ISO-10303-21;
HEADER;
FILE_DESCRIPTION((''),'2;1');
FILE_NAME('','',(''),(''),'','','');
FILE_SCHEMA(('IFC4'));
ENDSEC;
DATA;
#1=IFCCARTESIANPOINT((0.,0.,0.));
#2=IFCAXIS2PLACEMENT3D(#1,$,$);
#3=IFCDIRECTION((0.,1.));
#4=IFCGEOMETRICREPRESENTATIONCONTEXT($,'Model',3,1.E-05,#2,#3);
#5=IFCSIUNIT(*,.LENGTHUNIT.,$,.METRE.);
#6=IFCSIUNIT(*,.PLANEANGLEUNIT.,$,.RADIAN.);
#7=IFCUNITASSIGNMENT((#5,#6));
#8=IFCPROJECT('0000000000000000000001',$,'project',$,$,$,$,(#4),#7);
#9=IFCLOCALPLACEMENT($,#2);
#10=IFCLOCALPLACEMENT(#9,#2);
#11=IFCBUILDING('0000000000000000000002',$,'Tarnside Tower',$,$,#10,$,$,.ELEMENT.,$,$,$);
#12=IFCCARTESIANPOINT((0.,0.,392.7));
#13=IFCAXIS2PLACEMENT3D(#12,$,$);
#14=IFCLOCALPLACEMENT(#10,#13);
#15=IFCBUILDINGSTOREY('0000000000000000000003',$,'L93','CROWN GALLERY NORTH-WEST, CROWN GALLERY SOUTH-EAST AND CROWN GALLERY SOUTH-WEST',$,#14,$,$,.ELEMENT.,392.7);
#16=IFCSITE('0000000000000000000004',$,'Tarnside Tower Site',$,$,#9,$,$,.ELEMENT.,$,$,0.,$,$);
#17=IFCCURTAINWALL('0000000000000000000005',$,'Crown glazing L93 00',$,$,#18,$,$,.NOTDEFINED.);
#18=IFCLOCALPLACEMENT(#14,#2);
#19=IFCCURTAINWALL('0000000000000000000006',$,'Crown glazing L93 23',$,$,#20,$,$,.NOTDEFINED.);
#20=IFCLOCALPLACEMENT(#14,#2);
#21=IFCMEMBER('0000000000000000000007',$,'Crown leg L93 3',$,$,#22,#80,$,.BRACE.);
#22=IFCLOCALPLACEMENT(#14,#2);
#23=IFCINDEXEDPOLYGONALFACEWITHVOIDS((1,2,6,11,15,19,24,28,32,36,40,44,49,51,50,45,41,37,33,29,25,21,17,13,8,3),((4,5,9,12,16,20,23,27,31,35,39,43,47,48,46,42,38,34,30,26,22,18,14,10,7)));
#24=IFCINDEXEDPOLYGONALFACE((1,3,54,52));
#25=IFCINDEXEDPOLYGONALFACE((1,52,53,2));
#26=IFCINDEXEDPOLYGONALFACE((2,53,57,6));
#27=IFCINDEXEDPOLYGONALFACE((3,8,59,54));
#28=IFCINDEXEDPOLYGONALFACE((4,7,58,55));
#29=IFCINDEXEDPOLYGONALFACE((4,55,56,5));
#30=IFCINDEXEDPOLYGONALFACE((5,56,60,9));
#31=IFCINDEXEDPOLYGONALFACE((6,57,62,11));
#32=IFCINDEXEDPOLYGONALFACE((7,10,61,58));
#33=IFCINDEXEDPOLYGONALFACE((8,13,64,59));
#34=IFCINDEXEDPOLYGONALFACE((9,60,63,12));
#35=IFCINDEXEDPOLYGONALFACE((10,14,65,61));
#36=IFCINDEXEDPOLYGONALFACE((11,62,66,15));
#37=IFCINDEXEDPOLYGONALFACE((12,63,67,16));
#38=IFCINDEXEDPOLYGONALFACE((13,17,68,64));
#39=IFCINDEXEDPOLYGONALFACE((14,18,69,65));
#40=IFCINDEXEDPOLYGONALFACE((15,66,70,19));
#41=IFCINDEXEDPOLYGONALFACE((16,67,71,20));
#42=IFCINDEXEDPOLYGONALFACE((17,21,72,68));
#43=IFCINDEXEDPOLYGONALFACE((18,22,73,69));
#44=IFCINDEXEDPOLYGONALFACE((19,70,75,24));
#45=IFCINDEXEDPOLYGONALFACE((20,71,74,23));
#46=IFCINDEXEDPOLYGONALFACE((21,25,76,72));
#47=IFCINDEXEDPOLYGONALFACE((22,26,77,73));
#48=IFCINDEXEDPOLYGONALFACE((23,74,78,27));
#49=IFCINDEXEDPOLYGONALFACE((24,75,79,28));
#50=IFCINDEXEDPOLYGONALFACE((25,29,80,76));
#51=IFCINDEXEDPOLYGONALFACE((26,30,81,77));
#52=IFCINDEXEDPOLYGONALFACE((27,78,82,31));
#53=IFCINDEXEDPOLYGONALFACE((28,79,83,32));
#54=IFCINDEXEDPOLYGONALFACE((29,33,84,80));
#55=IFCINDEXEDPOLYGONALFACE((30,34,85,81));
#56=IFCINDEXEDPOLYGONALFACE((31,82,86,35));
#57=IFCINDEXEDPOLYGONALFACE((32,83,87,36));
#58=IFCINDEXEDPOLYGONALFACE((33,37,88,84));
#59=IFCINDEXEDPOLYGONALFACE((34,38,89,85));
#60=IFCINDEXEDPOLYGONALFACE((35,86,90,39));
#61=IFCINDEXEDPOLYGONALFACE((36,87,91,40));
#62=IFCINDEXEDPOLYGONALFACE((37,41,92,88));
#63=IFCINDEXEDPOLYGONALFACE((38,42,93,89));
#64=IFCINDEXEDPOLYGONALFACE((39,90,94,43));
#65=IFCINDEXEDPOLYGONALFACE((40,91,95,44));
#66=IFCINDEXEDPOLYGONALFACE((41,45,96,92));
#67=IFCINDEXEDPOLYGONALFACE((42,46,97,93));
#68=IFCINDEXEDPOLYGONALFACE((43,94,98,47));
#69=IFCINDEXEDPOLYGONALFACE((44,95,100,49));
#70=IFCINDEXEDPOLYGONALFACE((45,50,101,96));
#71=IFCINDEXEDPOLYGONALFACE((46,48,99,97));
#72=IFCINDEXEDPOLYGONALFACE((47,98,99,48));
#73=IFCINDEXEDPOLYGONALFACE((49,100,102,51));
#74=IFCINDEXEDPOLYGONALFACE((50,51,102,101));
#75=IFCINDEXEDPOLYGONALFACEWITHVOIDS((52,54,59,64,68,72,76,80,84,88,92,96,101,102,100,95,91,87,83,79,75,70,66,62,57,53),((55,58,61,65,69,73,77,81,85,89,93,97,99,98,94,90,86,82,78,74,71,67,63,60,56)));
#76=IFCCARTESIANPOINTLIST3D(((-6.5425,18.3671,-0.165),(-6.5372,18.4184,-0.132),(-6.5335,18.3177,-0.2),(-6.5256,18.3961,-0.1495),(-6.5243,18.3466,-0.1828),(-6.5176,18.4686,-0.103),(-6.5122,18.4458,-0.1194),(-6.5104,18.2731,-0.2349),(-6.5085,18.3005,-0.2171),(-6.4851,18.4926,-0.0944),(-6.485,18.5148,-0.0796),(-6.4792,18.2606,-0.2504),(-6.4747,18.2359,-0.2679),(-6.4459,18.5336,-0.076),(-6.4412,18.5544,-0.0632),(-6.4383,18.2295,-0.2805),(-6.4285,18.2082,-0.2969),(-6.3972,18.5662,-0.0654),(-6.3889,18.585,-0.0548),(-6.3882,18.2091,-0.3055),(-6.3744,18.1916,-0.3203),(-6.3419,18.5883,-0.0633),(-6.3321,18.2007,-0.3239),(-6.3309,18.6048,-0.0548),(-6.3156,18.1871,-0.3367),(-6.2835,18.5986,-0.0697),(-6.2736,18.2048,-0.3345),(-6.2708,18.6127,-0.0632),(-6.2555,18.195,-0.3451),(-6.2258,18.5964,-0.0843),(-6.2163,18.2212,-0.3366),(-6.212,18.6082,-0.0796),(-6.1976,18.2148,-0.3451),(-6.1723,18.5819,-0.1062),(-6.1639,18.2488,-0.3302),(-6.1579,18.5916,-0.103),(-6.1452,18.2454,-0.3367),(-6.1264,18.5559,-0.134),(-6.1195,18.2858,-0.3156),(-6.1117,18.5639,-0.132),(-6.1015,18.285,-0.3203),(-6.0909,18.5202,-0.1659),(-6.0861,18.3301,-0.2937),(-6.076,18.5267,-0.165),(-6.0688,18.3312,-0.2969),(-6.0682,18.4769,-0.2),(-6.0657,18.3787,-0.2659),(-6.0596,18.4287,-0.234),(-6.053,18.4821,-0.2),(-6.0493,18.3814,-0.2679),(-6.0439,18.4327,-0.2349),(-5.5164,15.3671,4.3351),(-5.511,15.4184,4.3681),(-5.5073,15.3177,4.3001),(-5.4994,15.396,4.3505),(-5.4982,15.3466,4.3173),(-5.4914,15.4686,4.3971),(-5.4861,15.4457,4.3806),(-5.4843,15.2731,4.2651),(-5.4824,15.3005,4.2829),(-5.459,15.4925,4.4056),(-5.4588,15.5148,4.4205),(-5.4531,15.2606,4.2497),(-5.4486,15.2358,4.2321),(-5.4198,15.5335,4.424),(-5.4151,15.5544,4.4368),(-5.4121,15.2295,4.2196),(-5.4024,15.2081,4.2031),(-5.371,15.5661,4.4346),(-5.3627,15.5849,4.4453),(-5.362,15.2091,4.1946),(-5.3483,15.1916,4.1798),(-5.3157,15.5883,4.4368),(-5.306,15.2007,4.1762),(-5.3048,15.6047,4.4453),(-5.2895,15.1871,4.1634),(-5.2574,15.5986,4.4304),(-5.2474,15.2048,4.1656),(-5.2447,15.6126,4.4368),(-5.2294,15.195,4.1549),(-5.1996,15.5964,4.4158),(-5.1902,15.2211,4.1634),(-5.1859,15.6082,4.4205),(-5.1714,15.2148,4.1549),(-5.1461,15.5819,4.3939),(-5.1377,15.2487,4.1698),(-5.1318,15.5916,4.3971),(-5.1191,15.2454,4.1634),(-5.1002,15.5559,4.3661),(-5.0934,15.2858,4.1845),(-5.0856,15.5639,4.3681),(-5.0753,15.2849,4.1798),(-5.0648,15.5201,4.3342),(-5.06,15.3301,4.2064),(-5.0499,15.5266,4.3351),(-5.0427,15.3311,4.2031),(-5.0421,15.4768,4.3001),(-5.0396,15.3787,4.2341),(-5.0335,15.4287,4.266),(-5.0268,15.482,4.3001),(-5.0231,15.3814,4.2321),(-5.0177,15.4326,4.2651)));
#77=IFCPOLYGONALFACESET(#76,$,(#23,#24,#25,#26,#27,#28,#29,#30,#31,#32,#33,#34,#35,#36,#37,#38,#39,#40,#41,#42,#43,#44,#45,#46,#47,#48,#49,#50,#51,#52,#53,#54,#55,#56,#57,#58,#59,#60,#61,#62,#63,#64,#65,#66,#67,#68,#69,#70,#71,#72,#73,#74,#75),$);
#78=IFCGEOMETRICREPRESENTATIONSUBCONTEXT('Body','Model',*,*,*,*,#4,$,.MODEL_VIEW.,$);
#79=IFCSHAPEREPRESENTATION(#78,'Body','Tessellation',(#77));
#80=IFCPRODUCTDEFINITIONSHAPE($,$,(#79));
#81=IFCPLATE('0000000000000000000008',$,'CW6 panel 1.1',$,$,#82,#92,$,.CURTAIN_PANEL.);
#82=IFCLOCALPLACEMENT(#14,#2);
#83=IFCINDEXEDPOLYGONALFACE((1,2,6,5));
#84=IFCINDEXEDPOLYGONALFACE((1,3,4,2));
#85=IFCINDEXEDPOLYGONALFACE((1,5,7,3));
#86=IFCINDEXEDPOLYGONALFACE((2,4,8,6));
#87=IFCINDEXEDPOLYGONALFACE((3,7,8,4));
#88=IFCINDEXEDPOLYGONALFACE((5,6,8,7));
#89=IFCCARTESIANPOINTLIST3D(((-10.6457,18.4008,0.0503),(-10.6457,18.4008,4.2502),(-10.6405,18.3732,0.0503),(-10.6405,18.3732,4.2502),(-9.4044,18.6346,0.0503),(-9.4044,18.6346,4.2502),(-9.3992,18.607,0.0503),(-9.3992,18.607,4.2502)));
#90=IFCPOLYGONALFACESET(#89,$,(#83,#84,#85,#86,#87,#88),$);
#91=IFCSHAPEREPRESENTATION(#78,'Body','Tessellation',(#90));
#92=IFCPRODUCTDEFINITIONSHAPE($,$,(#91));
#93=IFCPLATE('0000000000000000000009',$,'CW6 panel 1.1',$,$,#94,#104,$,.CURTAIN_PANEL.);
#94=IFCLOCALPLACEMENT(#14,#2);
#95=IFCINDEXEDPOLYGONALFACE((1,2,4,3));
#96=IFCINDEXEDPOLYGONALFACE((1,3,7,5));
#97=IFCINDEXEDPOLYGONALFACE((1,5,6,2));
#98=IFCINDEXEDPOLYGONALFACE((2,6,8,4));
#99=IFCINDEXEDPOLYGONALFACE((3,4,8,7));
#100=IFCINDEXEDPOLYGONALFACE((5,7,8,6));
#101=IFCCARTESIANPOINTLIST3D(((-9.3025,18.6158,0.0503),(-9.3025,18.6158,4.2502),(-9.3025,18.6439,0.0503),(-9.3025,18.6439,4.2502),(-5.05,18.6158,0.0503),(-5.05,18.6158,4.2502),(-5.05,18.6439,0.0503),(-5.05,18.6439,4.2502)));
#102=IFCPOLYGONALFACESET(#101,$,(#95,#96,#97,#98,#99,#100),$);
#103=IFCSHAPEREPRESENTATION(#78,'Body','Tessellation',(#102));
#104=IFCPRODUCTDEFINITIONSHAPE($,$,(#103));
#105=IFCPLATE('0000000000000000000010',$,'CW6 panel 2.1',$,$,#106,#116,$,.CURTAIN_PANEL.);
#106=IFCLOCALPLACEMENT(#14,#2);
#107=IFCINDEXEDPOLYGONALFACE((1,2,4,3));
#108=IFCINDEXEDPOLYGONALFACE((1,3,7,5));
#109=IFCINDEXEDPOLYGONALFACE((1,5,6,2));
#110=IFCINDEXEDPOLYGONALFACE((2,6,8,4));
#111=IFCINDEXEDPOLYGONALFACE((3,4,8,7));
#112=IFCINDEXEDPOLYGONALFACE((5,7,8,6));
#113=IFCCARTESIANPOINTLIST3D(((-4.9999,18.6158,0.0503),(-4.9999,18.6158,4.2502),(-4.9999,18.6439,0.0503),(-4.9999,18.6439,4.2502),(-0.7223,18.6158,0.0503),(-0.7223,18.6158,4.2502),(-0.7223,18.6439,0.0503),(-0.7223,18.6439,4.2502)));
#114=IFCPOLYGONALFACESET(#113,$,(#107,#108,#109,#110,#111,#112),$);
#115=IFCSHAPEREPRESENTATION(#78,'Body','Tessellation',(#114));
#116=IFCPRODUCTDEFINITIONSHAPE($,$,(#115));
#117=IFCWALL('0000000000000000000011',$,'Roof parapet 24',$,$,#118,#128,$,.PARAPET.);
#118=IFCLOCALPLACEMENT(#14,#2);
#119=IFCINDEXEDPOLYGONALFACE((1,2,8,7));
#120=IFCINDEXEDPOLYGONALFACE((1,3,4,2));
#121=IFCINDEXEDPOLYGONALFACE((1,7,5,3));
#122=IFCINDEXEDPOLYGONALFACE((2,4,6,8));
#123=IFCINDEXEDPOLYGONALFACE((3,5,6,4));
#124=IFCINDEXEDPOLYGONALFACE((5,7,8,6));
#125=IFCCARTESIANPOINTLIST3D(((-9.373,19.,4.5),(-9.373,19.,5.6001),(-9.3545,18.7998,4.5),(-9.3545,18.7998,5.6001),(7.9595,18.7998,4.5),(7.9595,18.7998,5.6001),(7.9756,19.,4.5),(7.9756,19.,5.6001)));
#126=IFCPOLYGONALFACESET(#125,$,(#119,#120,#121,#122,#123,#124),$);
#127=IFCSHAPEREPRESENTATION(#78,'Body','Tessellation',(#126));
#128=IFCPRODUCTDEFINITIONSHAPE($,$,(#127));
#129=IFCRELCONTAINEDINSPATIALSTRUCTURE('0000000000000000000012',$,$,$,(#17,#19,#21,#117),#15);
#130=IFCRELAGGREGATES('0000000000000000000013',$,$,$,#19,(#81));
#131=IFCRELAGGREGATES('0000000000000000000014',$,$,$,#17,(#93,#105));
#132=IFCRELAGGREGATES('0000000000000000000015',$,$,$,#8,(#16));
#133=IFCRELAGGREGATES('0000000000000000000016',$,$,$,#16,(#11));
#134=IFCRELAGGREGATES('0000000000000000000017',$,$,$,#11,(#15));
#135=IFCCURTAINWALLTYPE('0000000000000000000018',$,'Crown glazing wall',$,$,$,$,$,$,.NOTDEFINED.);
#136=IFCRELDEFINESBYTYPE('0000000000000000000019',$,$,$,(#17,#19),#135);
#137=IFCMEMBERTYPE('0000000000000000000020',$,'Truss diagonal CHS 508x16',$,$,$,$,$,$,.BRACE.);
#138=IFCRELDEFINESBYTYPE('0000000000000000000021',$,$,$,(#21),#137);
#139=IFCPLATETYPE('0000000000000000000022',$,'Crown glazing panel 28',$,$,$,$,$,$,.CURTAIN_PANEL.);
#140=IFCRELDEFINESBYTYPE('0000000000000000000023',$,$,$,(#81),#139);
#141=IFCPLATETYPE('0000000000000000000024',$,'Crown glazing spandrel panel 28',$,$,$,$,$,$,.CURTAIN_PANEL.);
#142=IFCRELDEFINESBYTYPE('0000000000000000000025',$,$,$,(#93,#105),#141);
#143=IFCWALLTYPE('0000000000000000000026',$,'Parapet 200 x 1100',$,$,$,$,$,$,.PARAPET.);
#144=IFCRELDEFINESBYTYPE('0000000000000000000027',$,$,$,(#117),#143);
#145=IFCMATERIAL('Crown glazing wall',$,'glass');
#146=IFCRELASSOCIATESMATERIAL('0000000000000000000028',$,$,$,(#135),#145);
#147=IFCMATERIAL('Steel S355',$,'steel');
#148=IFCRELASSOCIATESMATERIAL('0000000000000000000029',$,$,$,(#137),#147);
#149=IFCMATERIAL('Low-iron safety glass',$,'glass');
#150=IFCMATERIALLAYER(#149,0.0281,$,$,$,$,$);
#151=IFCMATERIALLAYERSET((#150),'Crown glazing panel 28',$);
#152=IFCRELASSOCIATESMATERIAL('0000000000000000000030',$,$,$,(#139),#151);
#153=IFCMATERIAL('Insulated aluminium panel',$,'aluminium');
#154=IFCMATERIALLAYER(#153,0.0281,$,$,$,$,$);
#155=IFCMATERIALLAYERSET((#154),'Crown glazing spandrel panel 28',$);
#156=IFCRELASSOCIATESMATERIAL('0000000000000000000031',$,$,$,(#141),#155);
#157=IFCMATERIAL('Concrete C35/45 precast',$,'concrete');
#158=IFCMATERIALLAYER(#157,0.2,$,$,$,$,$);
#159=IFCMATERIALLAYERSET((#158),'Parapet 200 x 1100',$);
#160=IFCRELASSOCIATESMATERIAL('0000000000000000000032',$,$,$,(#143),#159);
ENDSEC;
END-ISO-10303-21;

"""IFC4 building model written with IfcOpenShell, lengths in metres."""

from ifc_helpers import new_model, si_unit, direction, frame, origin, origin_2d, place, context, subcontext, project, spatial, polyline, rectangle, hollow_circle, outline, extrude, material, layer, layer_set, material_profile, profile_set, type_object, element, aggregate, save


model = new_model("IFC4")

# Units and contexts
model_context = context("Model", 3, precision=1e-05, world=origin(), true_north=direction((0.0, 1.0)))
body_context = subcontext(model_context, "Body", "Model", "MODEL_VIEW")
ifc_project = project(units=[si_unit("LENGTHUNIT", "METRE"), si_unit("PLANEANGLEUNIT", "RADIAN")], contexts=[model_context])

# Site, building, storey
site_placement = place(None, origin())
site = spatial("IfcSite", under=ifc_project, at=site_placement, Name="Tarnside Tower Site", CompositionType="ELEMENT", RefElevation=0.0)
building_placement = place(site_placement, origin())
building = spatial("IfcBuilding", under=site, at=building_placement, Name="Tarnside Tower", CompositionType="ELEMENT")
storey_placement = place(building_placement, frame((0.0, 0.0, 392.7)))
storey = spatial("IfcBuildingStorey", under=building, at=storey_placement, Name="L93", Description="CROWN GALLERY NORTH-WEST, CROWN GALLERY SOUTH-EAST AND CROWN GALLERY SOUTH-WEST", CompositionType="ELEMENT", Elevation=392.7)

# Curtain wall
ifc_material_1 = material(Name="Crown glazing wall", Category="glass")
curtain_wall_type = type_object("IfcCurtainWallType", Name="Crown glazing wall", PredefinedType="NOTDEFINED", material=ifc_material_1)
curtain_wall_1_placement = place(storey_placement, origin())
curtain_wall_1 = element("IfcCurtainWall", 1, at=curtain_wall_1_placement, inside=storey, type_object=curtain_wall_type, Name="Crown glazing L93 00", PredefinedType="NOTDEFINED")

# Curtain wall
curtain_wall_2_placement = place(storey_placement, origin())
curtain_wall_2 = element("IfcCurtainWall", 2, at=curtain_wall_2_placement, inside=storey, type_object=curtain_wall_type, Name="Crown glazing L93 23", PredefinedType="NOTDEFINED")

# Shared definitions
ifc_material_2 = material(Name="Steel S355", Category="steel")

# Member
ifc_material_profile_1 = material_profile(ifc_material_2, hollow_circle(Radius=0.2539, WallThickness=0.0161, at=origin_2d()), Name="CHS 508x16")
ifc_profile_set_1 = profile_set([ifc_material_profile_1], Name="Steel S355")
member_type_1 = type_object("IfcMemberType", Name="Truss diagonal CHS 508x16", PredefinedType="BRACE", material=ifc_profile_set_1)
member_1_placement = place(storey_placement, frame((-6.2932, 18.3999, -0.2), z_axis=(0.186405, -0.544978, 0.817467), x_axis=(0.946183, 0.323633, 0.0)))
element("IfcMember", 3, at=member_1_placement, inside=storey, type_object=member_type_1, Name="Crown leg L93 3", PredefinedType="BRACE", context=body_context, shape_type="SweptSolid", body=[
    extrude(hollow_circle(Radius=0.2539, WallThickness=0.0161, at=origin_2d()), origin(), (0.0, 0.0, 1.0), 5.5049),
])

# Plates
ifc_material_3 = material(Name="Low-iron safety glass", Category="glass")
ifc_layer_1 = layer(ifc_material_3, 0.0281)
ifc_layer_set_1 = layer_set([ifc_layer_1], Name="Crown glazing panel 28")
plate_type_1 = type_object("IfcPlateType", Name="Crown glazing panel 28", PredefinedType="CURTAIN_PANEL", material=ifc_layer_set_1)
plate_1_placement = place(storey_placement, frame((-10.0225, 18.5039, 0.0503), z_axis=(0.0, 0.0, 1.0), x_axis=(0.982721, 0.185095, 0.0)))
plate_1 = element("IfcPlate", 4, at=plate_1_placement, type_object=plate_type_1, Name="CW6 panel 1.1", PredefinedType="CURTAIN_PANEL", context=body_context, shape_type="SweptSolid", body=[
    extrude(rectangle(XDim=1.2632, YDim=0.0281, at=origin_2d()), origin(), (0.0, 0.0, 1.0), 4.2),
])
aggregate(curtain_wall_2, [plate_1])
ifc_material_4 = material(Name="Insulated aluminium panel", Category="aluminium")
ifc_layer_2 = layer(ifc_material_4, 0.0281)
ifc_layer_set_2 = layer_set([ifc_layer_2], Name="Crown glazing spandrel panel 28")
plate_type_2 = type_object("IfcPlateType", Name="Crown glazing spandrel panel 28", PredefinedType="CURTAIN_PANEL", material=ifc_layer_set_2)
plate_2_placement = place(storey_placement, frame((-7.1763, 18.6299, 0.0503), z_axis=(0.0, 0.0, 1.0), x_axis=(1.0, 0.0, 0.0)))
plate_2 = element("IfcPlate", 5, at=plate_2_placement, type_object=plate_type_2, Name="CW6 panel 1.1", PredefinedType="CURTAIN_PANEL", context=body_context, shape_type="SweptSolid", body=[
    extrude(rectangle(XDim=4.2524, YDim=0.0281, at=origin_2d()), origin(), (0.0, 0.0, 1.0), 4.2),
])
plate_3_placement = place(storey_placement, frame((-2.8611, 18.6299, 0.0503), z_axis=(0.0, 0.0, 1.0), x_axis=(1.0, 0.0, 0.0)))
plate_3 = element("IfcPlate", 6, at=plate_3_placement, type_object=plate_type_2, Name="CW6 panel 2.1", PredefinedType="CURTAIN_PANEL", context=body_context, shape_type="SweptSolid", body=[
    extrude(rectangle(XDim=4.2776, YDim=0.0281, at=origin_2d()), origin(), (0.0, 0.0, 1.0), 4.2),
])
aggregate(curtain_wall_1, [plate_2, plate_3])

# Wall
ifc_material_5 = material(Name="Concrete C35/45 precast", Category="concrete")
ifc_layer_3 = layer(ifc_material_5, 0.2)
ifc_layer_set_3 = layer_set([ifc_layer_3], Name="Parapet 200 x 1100")
wall_type = type_object("IfcWallType", Name="Parapet 200 x 1100", PredefinedType="PARAPET", material=ifc_layer_set_3)
wall_placement = place(storey_placement, frame((-9.3638, 18.8999, 4.5), z_axis=(0.0, 0.0, 1.0), x_axis=(1.0, 0.0, 0.0)))
element("IfcWall", 7, at=wall_placement, inside=storey, type_object=wall_type, Name="Roof parapet 24", PredefinedType="PARAPET", context=body_context, shape_type="SweptSolid", body=[
    extrude(outline(polyline([(0.0093, -0.1001), (17.3232, -0.1001), (17.3394, 0.1001), (-0.0093, 0.1001), (0.0093, -0.1001)])), origin(), (0.0, 0.0, 1.0), 1.1001),
])

save(model, "model.ifc")
